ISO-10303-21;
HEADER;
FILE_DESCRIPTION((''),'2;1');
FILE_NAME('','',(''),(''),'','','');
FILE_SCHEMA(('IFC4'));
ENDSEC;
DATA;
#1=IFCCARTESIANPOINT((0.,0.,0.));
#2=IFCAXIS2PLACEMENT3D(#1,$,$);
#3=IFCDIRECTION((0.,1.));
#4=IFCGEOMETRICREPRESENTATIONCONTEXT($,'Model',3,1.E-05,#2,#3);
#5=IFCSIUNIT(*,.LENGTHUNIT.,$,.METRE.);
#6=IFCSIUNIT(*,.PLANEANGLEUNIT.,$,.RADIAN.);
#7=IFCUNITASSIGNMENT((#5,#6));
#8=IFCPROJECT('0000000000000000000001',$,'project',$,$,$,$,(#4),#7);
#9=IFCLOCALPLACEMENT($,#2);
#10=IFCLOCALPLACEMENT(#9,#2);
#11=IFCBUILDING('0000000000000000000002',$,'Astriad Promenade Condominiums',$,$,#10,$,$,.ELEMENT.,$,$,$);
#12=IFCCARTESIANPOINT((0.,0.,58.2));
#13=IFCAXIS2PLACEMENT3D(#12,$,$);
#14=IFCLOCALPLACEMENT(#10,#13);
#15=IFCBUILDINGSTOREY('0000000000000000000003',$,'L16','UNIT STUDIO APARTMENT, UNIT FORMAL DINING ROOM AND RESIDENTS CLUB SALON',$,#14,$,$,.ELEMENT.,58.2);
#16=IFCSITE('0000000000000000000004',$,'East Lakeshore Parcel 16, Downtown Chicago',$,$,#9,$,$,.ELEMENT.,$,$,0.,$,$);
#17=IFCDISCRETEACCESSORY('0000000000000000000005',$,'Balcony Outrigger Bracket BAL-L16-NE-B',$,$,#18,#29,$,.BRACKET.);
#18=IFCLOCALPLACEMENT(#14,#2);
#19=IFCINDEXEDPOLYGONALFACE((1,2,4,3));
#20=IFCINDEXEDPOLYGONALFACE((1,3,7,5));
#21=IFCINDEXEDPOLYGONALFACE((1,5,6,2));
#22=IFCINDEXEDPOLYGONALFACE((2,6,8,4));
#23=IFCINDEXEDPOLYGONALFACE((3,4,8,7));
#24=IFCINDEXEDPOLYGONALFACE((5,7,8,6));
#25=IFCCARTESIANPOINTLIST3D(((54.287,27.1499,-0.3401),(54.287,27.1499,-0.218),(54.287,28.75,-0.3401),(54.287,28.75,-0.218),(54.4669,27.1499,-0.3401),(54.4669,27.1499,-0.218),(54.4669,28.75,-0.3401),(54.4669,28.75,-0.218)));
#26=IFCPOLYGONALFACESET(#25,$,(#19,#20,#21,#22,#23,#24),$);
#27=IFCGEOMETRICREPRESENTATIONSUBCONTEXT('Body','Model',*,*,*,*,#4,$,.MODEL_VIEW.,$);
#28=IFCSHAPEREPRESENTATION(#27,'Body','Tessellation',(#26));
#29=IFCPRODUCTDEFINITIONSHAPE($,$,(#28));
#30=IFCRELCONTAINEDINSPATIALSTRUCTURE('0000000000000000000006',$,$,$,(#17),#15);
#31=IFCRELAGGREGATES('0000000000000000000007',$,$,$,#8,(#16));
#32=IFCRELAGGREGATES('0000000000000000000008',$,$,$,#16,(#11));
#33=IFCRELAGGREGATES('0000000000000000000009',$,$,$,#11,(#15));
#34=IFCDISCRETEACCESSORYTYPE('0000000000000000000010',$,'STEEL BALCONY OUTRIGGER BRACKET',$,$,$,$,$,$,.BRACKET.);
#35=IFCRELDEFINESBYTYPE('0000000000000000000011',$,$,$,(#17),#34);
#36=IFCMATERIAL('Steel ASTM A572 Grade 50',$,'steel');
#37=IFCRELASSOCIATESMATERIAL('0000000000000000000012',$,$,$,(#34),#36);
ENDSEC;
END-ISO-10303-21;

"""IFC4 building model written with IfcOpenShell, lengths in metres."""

from ifc_helpers import new_model, si_unit, direction, frame, origin, origin_2d, place, context, subcontext, project, spatial, rectangle, extrude, source, transform, mapped, material, type_object, type_shapes, element, save


model = new_model("IFC4")

# Units and contexts
model_context = context("Model", 3, precision=1e-05, world=origin(), true_north=direction((0.0, 1.0)))
body_context = subcontext(model_context, "Body", "Model", "MODEL_VIEW")
ifc_project = project(units=[si_unit("LENGTHUNIT", "METRE"), si_unit("PLANEANGLEUNIT", "RADIAN")], contexts=[model_context])

# Site, building, storey
site_placement = place(None, origin())
site = spatial("IfcSite", under=ifc_project, at=site_placement, Name="East Lakeshore Parcel 16, Downtown Chicago", CompositionType="ELEMENT", RefElevation=0.0)
building_placement = place(site_placement, origin())
building = spatial("IfcBuilding", under=site, at=building_placement, Name="Astriad Promenade Condominiums", CompositionType="ELEMENT")
storey_placement = place(building_placement, frame((0.0, 0.0, 58.2)))
storey = spatial("IfcBuildingStorey", under=building, at=storey_placement, Name="L16", Description="UNIT STUDIO APARTMENT, UNIT FORMAL DINING ROOM AND RESIDENTS CLUB SALON", CompositionType="ELEMENT", Elevation=58.2)

# Discrete accessory
ifc_material_1 = material(Name="Steel ASTM A572 Grade 50", Category="steel")
discrete_accessory_type = type_object("IfcDiscreteAccessoryType", Name="STEEL BALCONY OUTRIGGER BRACKET", PredefinedType="BRACKET", material=ifc_material_1)
shared_shape_1 = source(origin(), body_context, "Body", "SweptSolid", [
    extrude(rectangle(XDim=1.6001, YDim=0.1799, at=origin_2d()), origin(), (0.0, 0.0, 1.0), 0.1221),
])
type_shapes(discrete_accessory_type, [shared_shape_1])
discrete_accessory_placement = place(storey_placement, frame((54.377, 27.95, -0.3401), z_axis=(0.0, 0.0, 1.0), x_axis=(0.0, 1.0, 0.0)))
element("IfcDiscreteAccessory", 1, at=discrete_accessory_placement, inside=storey, type_object=discrete_accessory_type, Name="Balcony Outrigger Bracket BAL-L16-NE-B", PredefinedType="BRACKET", context=body_context, shape_type="MappedRepresentation", body=[
    mapped(shared_shape_1, transform((0.0, 0.0, 0.0), scale=1.0)),
])

save(model, "model.ifc")
